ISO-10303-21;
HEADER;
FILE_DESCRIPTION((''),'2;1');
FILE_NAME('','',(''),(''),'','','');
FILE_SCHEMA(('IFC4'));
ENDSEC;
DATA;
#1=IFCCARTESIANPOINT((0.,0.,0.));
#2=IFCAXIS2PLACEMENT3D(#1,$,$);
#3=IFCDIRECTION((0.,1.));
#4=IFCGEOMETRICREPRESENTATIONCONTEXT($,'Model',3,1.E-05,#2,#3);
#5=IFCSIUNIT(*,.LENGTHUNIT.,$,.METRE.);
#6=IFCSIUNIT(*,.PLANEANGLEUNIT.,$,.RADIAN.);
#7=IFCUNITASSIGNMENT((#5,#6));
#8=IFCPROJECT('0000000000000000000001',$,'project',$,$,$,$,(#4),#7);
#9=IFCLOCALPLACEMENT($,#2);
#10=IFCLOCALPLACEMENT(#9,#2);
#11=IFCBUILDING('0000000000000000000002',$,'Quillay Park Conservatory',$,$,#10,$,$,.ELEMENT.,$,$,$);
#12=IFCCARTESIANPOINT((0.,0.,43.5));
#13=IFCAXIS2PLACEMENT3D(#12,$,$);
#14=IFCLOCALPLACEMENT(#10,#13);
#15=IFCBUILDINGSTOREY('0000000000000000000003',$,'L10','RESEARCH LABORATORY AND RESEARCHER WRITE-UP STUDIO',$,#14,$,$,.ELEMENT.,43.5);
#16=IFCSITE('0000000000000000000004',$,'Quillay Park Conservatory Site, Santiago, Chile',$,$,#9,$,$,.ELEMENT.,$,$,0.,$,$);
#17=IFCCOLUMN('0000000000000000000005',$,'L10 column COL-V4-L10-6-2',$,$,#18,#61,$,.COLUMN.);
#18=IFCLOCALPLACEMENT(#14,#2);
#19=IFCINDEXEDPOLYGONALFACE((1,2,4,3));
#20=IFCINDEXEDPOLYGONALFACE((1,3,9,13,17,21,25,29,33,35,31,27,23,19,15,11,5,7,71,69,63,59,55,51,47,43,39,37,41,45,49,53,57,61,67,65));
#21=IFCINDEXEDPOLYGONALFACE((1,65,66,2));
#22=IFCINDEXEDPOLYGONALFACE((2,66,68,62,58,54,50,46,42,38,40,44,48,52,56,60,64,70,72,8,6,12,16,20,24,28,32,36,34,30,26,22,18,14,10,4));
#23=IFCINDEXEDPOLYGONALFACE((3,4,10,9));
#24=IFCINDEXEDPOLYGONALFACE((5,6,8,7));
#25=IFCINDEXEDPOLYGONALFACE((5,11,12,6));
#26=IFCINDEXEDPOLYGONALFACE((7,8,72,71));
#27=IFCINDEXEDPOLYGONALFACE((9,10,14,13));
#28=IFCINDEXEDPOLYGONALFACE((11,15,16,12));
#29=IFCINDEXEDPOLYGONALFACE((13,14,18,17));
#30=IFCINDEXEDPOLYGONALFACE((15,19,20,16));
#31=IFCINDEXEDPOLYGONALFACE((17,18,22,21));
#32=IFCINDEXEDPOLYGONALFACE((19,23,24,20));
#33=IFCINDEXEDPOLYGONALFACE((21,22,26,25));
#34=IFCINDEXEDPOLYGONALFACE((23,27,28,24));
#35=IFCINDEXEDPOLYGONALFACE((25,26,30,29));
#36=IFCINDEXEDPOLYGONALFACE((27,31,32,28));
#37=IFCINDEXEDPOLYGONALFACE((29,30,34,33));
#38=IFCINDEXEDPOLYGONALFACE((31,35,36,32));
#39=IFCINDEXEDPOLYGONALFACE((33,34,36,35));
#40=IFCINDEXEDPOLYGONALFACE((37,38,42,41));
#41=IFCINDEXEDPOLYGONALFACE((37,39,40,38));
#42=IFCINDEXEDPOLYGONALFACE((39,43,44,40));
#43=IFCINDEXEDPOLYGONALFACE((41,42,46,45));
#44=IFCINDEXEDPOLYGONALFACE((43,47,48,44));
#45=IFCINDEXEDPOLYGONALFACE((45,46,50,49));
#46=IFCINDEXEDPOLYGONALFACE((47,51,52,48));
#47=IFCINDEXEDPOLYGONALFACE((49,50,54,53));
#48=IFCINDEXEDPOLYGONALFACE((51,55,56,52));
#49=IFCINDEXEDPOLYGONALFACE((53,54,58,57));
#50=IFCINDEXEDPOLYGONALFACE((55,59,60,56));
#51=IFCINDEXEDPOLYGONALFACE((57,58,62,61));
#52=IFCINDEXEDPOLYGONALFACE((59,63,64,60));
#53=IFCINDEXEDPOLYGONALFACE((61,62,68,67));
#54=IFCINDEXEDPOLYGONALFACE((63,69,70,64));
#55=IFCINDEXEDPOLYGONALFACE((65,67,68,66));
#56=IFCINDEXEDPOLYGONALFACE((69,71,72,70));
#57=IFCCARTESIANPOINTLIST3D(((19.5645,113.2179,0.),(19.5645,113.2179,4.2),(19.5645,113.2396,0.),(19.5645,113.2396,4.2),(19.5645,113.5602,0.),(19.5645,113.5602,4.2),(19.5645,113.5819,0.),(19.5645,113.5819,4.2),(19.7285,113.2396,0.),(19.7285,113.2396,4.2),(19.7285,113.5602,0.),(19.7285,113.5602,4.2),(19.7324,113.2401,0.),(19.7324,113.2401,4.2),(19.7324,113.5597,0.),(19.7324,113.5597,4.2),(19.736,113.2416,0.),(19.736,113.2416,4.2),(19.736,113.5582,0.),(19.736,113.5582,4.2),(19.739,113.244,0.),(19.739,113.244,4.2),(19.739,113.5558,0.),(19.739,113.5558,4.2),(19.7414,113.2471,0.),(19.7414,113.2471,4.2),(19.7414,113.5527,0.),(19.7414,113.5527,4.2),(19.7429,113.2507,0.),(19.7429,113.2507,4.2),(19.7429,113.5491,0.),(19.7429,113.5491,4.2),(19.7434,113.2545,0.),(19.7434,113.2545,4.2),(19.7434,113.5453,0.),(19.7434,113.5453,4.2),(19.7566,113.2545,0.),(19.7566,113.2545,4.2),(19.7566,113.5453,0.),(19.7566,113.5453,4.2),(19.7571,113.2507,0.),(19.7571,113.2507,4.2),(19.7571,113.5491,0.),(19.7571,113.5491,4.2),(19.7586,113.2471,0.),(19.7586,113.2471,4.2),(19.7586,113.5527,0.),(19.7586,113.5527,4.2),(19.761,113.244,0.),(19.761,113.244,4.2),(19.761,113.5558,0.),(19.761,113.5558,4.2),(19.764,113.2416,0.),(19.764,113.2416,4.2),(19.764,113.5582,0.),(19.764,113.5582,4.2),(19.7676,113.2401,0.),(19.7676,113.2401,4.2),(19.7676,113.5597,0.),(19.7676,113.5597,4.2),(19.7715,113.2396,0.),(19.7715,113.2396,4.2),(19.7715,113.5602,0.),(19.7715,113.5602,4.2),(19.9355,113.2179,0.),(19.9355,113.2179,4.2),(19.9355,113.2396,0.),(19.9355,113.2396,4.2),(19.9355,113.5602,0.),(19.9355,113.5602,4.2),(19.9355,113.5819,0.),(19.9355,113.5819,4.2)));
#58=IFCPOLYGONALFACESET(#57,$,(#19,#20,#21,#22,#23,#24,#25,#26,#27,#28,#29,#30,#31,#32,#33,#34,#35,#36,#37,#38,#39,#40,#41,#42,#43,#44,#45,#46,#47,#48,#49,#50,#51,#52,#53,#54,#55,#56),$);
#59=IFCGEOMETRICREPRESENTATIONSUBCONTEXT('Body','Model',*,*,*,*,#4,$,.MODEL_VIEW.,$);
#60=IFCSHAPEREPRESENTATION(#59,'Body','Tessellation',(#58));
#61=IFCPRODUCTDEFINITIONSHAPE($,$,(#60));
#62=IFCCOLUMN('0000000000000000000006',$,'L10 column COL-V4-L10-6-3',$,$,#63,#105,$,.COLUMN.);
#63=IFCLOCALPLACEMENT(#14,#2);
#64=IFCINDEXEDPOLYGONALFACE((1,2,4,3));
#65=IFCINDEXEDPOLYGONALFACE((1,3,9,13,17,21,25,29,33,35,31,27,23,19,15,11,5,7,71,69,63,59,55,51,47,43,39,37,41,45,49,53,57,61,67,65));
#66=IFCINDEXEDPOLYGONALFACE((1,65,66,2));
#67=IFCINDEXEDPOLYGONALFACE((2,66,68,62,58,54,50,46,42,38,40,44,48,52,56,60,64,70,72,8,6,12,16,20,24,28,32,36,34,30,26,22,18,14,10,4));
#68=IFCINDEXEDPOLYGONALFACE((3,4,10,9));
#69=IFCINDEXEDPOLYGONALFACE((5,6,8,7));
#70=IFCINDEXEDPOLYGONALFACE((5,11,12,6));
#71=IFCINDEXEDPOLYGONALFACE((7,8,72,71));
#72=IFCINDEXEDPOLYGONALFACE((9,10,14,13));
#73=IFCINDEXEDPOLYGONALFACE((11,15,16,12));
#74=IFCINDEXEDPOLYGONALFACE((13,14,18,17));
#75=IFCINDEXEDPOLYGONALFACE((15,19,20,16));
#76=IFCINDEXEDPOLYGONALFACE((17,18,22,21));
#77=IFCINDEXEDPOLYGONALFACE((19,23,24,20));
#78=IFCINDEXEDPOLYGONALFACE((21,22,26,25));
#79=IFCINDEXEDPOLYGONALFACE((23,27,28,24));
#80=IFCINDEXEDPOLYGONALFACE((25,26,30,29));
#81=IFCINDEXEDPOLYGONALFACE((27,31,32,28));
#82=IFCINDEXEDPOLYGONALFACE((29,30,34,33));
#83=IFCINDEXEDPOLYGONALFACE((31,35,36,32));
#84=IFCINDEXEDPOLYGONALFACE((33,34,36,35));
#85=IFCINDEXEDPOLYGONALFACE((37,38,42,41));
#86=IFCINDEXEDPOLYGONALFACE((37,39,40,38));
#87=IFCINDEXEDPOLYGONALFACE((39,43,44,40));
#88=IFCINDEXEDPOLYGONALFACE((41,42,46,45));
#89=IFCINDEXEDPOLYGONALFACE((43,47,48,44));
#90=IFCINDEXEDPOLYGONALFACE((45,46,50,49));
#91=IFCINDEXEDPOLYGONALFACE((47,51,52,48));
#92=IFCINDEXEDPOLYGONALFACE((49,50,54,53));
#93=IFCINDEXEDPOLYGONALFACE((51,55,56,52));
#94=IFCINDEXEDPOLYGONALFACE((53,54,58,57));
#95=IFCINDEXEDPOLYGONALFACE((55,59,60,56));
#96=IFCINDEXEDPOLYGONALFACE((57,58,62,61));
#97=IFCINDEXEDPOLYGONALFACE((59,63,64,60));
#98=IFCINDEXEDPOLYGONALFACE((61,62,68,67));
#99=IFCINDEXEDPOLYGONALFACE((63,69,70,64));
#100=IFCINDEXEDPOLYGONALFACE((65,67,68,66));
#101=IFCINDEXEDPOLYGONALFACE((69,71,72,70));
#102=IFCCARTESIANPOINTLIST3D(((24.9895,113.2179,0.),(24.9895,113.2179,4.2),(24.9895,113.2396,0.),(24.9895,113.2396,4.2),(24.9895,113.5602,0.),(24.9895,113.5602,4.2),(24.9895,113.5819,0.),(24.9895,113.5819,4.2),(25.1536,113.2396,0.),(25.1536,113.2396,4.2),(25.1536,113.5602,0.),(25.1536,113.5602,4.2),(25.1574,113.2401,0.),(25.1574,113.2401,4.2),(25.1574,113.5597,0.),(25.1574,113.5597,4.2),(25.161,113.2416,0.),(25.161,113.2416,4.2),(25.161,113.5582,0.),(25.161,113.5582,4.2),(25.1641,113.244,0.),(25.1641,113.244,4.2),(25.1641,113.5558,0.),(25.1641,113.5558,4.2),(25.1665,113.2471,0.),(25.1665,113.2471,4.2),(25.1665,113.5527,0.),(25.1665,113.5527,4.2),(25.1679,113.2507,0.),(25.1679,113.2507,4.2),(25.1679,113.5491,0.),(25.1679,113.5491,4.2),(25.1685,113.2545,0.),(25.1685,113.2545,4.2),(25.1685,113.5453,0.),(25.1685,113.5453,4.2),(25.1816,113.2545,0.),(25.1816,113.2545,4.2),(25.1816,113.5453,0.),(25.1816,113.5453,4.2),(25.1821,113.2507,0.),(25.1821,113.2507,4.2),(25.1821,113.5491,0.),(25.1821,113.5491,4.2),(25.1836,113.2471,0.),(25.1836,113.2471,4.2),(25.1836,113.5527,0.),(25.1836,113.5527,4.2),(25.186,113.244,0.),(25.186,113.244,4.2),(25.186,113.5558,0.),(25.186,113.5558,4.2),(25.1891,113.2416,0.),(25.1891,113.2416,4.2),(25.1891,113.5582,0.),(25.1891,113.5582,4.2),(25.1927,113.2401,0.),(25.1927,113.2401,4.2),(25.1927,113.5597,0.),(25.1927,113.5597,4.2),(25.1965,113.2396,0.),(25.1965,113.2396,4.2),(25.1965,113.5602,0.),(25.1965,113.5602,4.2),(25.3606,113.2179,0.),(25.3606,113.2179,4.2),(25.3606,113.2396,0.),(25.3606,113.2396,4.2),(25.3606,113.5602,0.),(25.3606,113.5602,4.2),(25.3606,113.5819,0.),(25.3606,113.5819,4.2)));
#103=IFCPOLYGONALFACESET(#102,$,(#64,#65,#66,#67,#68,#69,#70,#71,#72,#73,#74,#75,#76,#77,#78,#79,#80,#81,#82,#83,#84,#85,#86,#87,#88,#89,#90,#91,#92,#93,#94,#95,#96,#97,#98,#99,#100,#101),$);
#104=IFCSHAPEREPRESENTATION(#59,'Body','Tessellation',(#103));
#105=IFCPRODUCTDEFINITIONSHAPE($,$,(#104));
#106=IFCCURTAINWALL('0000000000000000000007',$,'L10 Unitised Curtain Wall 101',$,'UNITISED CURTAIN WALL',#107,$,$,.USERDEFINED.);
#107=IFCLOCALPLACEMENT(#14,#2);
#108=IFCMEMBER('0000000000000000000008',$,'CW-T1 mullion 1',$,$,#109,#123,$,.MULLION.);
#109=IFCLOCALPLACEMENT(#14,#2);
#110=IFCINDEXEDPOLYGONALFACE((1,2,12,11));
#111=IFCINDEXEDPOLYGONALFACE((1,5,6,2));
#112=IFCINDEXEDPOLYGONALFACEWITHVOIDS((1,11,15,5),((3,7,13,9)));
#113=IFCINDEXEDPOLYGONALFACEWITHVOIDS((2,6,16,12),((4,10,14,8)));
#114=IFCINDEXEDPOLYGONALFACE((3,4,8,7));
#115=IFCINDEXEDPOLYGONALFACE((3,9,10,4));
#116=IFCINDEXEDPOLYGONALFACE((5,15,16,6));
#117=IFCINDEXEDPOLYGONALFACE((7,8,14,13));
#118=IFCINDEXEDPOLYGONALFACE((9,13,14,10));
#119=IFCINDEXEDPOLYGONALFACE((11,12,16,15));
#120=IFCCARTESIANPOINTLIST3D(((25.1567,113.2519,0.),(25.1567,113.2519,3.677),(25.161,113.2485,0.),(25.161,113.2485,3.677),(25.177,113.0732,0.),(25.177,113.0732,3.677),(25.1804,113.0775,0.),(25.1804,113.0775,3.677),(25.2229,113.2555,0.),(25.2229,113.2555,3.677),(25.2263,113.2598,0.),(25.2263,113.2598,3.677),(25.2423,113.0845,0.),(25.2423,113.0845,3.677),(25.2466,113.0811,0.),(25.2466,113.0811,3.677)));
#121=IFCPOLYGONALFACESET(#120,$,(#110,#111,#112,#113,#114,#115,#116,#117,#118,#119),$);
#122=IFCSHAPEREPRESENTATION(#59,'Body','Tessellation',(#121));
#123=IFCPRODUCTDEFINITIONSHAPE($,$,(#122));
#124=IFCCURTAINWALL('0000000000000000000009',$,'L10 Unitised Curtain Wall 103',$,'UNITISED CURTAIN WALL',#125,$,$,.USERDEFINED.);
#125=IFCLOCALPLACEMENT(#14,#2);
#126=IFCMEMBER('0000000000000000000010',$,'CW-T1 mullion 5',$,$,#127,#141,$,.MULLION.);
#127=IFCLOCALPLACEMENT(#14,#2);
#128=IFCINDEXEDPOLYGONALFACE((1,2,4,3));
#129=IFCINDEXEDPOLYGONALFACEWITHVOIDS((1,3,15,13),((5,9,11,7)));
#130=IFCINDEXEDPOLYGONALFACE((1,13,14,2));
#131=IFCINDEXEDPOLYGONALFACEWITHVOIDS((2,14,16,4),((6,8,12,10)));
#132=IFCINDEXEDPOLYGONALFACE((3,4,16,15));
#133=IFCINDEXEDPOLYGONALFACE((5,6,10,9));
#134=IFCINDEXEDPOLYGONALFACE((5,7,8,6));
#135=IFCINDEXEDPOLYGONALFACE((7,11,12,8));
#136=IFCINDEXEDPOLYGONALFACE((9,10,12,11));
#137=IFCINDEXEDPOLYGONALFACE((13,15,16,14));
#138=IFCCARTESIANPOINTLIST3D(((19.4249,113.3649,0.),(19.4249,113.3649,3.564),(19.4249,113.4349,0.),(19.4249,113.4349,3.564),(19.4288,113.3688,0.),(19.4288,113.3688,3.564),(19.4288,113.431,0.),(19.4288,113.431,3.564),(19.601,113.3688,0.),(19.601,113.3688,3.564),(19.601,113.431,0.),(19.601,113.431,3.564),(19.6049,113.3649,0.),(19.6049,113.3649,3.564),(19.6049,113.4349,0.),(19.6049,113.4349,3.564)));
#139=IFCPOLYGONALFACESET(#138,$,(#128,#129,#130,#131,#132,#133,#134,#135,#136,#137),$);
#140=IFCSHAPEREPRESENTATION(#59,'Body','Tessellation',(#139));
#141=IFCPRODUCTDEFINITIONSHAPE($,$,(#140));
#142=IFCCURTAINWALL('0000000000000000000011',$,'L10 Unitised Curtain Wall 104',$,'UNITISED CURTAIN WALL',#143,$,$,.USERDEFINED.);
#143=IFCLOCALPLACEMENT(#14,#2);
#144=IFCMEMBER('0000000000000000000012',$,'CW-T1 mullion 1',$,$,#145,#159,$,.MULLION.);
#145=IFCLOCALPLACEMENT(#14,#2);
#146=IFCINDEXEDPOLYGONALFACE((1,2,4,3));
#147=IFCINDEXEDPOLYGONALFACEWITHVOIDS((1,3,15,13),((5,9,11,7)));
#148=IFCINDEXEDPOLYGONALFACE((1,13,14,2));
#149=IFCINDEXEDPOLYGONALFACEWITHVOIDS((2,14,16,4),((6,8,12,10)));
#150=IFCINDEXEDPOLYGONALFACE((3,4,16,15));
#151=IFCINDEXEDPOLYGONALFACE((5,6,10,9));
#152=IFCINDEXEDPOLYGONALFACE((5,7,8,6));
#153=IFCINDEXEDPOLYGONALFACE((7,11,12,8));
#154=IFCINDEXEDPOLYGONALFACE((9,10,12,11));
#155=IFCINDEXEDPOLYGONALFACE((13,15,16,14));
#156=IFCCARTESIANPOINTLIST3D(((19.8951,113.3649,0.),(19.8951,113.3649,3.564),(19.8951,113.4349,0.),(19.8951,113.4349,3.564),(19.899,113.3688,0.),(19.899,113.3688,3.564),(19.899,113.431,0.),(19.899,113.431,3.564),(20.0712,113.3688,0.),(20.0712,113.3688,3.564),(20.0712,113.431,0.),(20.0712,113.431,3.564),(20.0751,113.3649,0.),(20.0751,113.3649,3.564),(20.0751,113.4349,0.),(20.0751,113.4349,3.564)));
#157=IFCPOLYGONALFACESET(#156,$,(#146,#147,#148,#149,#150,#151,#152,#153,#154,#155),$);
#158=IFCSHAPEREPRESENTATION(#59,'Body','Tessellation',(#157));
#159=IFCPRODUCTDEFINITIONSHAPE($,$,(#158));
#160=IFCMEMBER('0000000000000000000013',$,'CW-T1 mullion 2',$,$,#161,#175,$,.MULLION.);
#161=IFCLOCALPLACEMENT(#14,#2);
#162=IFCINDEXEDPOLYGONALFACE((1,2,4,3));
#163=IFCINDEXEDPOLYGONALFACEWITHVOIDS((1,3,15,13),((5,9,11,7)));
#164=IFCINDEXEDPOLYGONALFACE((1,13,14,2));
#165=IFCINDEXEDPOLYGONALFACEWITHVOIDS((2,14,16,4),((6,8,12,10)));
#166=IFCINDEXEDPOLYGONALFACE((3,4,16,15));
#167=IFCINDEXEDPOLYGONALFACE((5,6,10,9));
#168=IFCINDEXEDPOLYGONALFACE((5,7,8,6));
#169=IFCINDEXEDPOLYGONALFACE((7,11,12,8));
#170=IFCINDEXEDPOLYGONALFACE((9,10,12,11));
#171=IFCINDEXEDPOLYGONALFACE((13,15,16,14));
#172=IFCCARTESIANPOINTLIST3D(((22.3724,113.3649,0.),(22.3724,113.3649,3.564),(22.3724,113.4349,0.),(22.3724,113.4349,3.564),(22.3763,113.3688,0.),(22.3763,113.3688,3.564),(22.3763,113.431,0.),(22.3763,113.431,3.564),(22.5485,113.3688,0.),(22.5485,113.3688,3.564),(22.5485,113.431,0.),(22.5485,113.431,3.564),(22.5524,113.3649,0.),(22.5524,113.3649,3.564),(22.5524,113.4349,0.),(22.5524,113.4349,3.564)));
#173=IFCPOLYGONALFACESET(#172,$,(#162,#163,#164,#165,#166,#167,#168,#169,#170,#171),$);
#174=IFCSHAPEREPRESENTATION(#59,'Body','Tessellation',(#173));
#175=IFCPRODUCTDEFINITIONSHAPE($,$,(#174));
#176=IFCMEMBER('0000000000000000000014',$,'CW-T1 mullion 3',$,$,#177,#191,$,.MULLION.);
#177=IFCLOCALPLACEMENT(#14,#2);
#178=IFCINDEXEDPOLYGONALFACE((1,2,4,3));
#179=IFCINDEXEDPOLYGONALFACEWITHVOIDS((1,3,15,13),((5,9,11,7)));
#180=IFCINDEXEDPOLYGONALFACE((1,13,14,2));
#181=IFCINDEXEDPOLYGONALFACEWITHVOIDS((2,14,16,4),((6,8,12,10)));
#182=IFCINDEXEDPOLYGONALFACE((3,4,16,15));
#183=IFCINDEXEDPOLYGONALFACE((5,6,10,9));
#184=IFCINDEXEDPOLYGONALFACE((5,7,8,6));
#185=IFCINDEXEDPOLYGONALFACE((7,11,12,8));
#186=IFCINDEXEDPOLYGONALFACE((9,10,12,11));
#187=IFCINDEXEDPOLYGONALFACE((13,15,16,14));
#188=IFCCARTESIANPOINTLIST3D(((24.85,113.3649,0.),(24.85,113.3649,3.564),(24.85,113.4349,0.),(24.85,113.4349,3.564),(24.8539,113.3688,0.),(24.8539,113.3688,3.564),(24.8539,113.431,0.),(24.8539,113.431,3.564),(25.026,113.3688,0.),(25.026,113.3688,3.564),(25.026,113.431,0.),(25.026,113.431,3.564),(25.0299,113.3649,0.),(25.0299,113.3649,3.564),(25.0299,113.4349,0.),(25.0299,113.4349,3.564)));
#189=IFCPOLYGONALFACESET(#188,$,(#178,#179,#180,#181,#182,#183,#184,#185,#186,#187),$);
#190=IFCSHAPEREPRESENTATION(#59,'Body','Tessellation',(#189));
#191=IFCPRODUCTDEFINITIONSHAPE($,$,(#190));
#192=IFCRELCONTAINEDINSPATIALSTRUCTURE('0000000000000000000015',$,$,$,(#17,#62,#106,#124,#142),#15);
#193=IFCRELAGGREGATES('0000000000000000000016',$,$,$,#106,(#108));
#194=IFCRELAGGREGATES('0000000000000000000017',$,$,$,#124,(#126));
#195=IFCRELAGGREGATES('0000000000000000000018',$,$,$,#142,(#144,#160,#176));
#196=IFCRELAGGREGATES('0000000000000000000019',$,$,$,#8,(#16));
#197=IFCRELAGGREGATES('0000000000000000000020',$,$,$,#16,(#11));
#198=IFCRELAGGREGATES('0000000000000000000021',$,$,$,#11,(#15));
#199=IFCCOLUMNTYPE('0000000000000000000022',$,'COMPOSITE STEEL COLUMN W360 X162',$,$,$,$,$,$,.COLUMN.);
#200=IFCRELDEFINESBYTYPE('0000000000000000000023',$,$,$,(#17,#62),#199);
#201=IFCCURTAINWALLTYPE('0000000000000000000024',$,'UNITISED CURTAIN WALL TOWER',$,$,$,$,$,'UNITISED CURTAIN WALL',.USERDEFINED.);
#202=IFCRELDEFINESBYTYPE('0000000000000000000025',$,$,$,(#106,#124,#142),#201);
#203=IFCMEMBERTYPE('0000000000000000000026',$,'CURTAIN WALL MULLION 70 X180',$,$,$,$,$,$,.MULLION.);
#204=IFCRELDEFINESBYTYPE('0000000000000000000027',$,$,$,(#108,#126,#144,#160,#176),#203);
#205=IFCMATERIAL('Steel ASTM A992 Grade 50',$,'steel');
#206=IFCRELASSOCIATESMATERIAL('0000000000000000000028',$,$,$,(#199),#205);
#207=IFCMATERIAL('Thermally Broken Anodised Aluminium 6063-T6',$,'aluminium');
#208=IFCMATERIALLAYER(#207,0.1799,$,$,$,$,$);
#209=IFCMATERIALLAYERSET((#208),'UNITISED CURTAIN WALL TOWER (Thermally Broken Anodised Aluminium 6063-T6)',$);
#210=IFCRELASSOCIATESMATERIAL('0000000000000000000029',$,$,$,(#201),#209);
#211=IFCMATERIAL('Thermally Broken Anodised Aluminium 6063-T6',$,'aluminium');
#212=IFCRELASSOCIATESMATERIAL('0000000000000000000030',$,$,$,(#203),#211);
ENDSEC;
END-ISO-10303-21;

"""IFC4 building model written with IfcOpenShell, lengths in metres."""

from ifc_helpers import new_model, si_unit, direction, frame, origin, origin_2d, place, context, subcontext, project, spatial, hollow_rectangle, i_section, extrude, material, layer, layer_set, material_profile, profile_set, type_object, element, aggregate, save


model = new_model("IFC4")

# Units and contexts
model_context = context("Model", 3, precision=1e-05, world=origin(), true_north=direction((0.0, 1.0)))
body_context = subcontext(model_context, "Body", "Model", "MODEL_VIEW")
ifc_project = project(units=[si_unit("LENGTHUNIT", "METRE"), si_unit("PLANEANGLEUNIT", "RADIAN")], contexts=[model_context])

# Site, building, storey
site_placement = place(None, origin())
site = spatial("IfcSite", under=ifc_project, at=site_placement, Name="Quillay Park Conservatory Site, Santiago, Chile", CompositionType="ELEMENT", RefElevation=0.0)
building_placement = place(site_placement, origin())
building = spatial("IfcBuilding", under=site, at=building_placement, Name="Quillay Park Conservatory", CompositionType="ELEMENT")
storey_placement = place(building_placement, frame((0.0, 0.0, 43.5)))
storey = spatial("IfcBuildingStorey", under=building, at=storey_placement, Name="L10", Description="RESEARCH LABORATORY AND RESEARCHER WRITE-UP STUDIO", CompositionType="ELEMENT", Elevation=43.5)

# Columns
ifc_material_1 = material(Name="Steel ASTM A992 Grade 50", Category="steel")
ifc_material_profile_1 = material_profile(ifc_material_1, i_section(OverallWidth=0.3711, OverallDepth=0.364, WebThickness=0.0132, FlangeThickness=0.0217, FilletRadius=0.0149, at=origin_2d()), Name="W360x162")
ifc_profile_set_1 = profile_set([ifc_material_profile_1], Name="Steel ASTM A992 Grade 50")
column_type = type_object("IfcColumnType", Name="COMPOSITE STEEL COLUMN W360 X162", PredefinedType="COLUMN", material=ifc_profile_set_1)
for number, where, z_axis, x_axis, name in (
    (1, (19.75, 113.3999, 0.0), (0.0, 0.0, 1.0), (1.0, 0.0, 0.0), "L10 column COL-V4-L10-6-2"),
    (2, (25.175, 113.3999, 0.0), (0.0, 0.0, 1.0), (1.0, 0.0, 0.0), "L10 column COL-V4-L10-6-3"),
):
    element("IfcColumn", number, at=place(storey_placement, frame(where, z_axis=z_axis, x_axis=x_axis)), inside=storey, type_object=column_type, Name=name, PredefinedType="COLUMN", context=body_context, shape_type="SweptSolid", body=[
        extrude(i_section(OverallWidth=0.3711, OverallDepth=0.364, WebThickness=0.0132, FlangeThickness=0.0217, FilletRadius=0.0149, at=origin_2d()), origin(), (0.0, 0.0, 1.0), 4.2),
    ])

# Curtain walls, members
ifc_material_2 = material(Name="Thermally Broken Anodised Aluminium 6063-T6", Category="aluminium")
ifc_layer_1 = layer(ifc_material_2, 0.1799)
ifc_layer_set_1 = layer_set([ifc_layer_1], Name="UNITISED CURTAIN WALL TOWER (Thermally Broken Anodised Aluminium 6063-T6)")
curtain_wall_type = type_object("IfcCurtainWallType", Name="UNITISED CURTAIN WALL TOWER", ElementType="UNITISED CURTAIN WALL", PredefinedType="USERDEFINED", material=ifc_layer_set_1)
curtain_wall_1_placement = place(storey_placement, origin())
curtain_wall_1 = element("IfcCurtainWall", 3, at=curtain_wall_1_placement, inside=storey, type_object=curtain_wall_type, Name="L10 Unitised Curtain Wall 101", ObjectType="UNITISED CURTAIN WALL", PredefinedType="USERDEFINED")
ifc_material_3 = material(Name="Thermally Broken Anodised Aluminium 6063-T6", Category="aluminium")
ifc_material_profile_2 = material_profile(ifc_material_3, hollow_rectangle(XDim=0.0701, YDim=0.1799, WallThickness=0.0039, at=origin_2d()), Name="AL70x180x4")
ifc_profile_set_2 = profile_set([ifc_material_profile_2], Name="Thermally Broken Anodised Aluminium 6063-T6")
member_type_1 = type_object("IfcMemberType", Name="CURTAIN WALL MULLION 70 X180", PredefinedType="MULLION", material=ifc_profile_set_2)
member_1_placement = place(storey_placement, frame((25.2017, 113.1665, 0.0), z_axis=(0.0, 0.0, 1.0), x_axis=(0.993606, 0.112903, 0.0)))
member_1 = element("IfcMember", 4, at=member_1_placement, type_object=member_type_1, Name="CW-T1 mullion 1", PredefinedType="MULLION", context=body_context, shape_type="SweptSolid", body=[
    extrude(hollow_rectangle(XDim=0.0701, YDim=0.1799, WallThickness=0.0039, at=origin_2d()), origin(), (0.0, 0.0, 1.0), 3.677),
])
curtain_wall_2_placement = place(storey_placement, origin())
curtain_wall_2 = element("IfcCurtainWall", 5, at=curtain_wall_2_placement, inside=storey, type_object=curtain_wall_type, Name="L10 Unitised Curtain Wall 103", ObjectType="UNITISED CURTAIN WALL", PredefinedType="USERDEFINED")
member_2_placement = place(storey_placement, frame((19.5149, 113.3999, 0.0), z_axis=(0.0, 0.0, 1.0), x_axis=(0.0, 1.0, 0.0)))
member_2 = element("IfcMember", 6, at=member_2_placement, type_object=member_type_1, Name="CW-T1 mullion 5", PredefinedType="MULLION", context=body_context, shape_type="SweptSolid", body=[
    extrude(hollow_rectangle(XDim=0.0701, YDim=0.1799, WallThickness=0.0039, at=origin_2d()), origin(), (0.0, 0.0, 1.0), 3.564),
])

# Curtain wall, members
curtain_wall_3_placement = place(storey_placement, origin())
curtain_wall_3 = element("IfcCurtainWall", 7, at=curtain_wall_3_placement, inside=storey, type_object=curtain_wall_type, Name="L10 Unitised Curtain Wall 104", ObjectType="UNITISED CURTAIN WALL", PredefinedType="USERDEFINED")
member_3_placement = place(storey_placement, frame((19.9851, 113.3999, 0.0), z_axis=(0.0, 0.0, 1.0), x_axis=(0.0, 1.0, 0.0)))
member_3 = element("IfcMember", 8, at=member_3_placement, type_object=member_type_1, Name="CW-T1 mullion 1", PredefinedType="MULLION", context=body_context, shape_type="SweptSolid", body=[
    extrude(hollow_rectangle(XDim=0.0701, YDim=0.1799, WallThickness=0.0039, at=origin_2d()), origin(), (0.0, 0.0, 1.0), 3.564),
])
member_4_placement = place(storey_placement, frame((22.4624, 113.3999, 0.0), z_axis=(0.0, 0.0, 1.0), x_axis=(0.0, 1.0, 0.0)))
member_4 = element("IfcMember", 9, at=member_4_placement, type_object=member_type_1, Name="CW-T1 mullion 2", PredefinedType="MULLION", context=body_context, shape_type="SweptSolid", body=[
    extrude(hollow_rectangle(XDim=0.0701, YDim=0.1799, WallThickness=0.0039, at=origin_2d()), origin(), (0.0, 0.0, 1.0), 3.564),
])
member_5_placement = place(storey_placement, frame((24.9399, 113.3999, 0.0), z_axis=(0.0, 0.0, 1.0), x_axis=(0.0, 1.0, 0.0)))
member_5 = element("IfcMember", 10, at=member_5_placement, type_object=member_type_1, Name="CW-T1 mullion 3", PredefinedType="MULLION", context=body_context, shape_type="SweptSolid", body=[
    extrude(hollow_rectangle(XDim=0.0701, YDim=0.1799, WallThickness=0.0039, at=origin_2d()), origin(), (0.0, 0.0, 1.0), 3.564),
])

aggregate(curtain_wall_1, [member_1])

aggregate(curtain_wall_2, [member_2])
aggregate(curtain_wall_3, [member_3, member_4, member_5])

save(model, "model.ifc")
